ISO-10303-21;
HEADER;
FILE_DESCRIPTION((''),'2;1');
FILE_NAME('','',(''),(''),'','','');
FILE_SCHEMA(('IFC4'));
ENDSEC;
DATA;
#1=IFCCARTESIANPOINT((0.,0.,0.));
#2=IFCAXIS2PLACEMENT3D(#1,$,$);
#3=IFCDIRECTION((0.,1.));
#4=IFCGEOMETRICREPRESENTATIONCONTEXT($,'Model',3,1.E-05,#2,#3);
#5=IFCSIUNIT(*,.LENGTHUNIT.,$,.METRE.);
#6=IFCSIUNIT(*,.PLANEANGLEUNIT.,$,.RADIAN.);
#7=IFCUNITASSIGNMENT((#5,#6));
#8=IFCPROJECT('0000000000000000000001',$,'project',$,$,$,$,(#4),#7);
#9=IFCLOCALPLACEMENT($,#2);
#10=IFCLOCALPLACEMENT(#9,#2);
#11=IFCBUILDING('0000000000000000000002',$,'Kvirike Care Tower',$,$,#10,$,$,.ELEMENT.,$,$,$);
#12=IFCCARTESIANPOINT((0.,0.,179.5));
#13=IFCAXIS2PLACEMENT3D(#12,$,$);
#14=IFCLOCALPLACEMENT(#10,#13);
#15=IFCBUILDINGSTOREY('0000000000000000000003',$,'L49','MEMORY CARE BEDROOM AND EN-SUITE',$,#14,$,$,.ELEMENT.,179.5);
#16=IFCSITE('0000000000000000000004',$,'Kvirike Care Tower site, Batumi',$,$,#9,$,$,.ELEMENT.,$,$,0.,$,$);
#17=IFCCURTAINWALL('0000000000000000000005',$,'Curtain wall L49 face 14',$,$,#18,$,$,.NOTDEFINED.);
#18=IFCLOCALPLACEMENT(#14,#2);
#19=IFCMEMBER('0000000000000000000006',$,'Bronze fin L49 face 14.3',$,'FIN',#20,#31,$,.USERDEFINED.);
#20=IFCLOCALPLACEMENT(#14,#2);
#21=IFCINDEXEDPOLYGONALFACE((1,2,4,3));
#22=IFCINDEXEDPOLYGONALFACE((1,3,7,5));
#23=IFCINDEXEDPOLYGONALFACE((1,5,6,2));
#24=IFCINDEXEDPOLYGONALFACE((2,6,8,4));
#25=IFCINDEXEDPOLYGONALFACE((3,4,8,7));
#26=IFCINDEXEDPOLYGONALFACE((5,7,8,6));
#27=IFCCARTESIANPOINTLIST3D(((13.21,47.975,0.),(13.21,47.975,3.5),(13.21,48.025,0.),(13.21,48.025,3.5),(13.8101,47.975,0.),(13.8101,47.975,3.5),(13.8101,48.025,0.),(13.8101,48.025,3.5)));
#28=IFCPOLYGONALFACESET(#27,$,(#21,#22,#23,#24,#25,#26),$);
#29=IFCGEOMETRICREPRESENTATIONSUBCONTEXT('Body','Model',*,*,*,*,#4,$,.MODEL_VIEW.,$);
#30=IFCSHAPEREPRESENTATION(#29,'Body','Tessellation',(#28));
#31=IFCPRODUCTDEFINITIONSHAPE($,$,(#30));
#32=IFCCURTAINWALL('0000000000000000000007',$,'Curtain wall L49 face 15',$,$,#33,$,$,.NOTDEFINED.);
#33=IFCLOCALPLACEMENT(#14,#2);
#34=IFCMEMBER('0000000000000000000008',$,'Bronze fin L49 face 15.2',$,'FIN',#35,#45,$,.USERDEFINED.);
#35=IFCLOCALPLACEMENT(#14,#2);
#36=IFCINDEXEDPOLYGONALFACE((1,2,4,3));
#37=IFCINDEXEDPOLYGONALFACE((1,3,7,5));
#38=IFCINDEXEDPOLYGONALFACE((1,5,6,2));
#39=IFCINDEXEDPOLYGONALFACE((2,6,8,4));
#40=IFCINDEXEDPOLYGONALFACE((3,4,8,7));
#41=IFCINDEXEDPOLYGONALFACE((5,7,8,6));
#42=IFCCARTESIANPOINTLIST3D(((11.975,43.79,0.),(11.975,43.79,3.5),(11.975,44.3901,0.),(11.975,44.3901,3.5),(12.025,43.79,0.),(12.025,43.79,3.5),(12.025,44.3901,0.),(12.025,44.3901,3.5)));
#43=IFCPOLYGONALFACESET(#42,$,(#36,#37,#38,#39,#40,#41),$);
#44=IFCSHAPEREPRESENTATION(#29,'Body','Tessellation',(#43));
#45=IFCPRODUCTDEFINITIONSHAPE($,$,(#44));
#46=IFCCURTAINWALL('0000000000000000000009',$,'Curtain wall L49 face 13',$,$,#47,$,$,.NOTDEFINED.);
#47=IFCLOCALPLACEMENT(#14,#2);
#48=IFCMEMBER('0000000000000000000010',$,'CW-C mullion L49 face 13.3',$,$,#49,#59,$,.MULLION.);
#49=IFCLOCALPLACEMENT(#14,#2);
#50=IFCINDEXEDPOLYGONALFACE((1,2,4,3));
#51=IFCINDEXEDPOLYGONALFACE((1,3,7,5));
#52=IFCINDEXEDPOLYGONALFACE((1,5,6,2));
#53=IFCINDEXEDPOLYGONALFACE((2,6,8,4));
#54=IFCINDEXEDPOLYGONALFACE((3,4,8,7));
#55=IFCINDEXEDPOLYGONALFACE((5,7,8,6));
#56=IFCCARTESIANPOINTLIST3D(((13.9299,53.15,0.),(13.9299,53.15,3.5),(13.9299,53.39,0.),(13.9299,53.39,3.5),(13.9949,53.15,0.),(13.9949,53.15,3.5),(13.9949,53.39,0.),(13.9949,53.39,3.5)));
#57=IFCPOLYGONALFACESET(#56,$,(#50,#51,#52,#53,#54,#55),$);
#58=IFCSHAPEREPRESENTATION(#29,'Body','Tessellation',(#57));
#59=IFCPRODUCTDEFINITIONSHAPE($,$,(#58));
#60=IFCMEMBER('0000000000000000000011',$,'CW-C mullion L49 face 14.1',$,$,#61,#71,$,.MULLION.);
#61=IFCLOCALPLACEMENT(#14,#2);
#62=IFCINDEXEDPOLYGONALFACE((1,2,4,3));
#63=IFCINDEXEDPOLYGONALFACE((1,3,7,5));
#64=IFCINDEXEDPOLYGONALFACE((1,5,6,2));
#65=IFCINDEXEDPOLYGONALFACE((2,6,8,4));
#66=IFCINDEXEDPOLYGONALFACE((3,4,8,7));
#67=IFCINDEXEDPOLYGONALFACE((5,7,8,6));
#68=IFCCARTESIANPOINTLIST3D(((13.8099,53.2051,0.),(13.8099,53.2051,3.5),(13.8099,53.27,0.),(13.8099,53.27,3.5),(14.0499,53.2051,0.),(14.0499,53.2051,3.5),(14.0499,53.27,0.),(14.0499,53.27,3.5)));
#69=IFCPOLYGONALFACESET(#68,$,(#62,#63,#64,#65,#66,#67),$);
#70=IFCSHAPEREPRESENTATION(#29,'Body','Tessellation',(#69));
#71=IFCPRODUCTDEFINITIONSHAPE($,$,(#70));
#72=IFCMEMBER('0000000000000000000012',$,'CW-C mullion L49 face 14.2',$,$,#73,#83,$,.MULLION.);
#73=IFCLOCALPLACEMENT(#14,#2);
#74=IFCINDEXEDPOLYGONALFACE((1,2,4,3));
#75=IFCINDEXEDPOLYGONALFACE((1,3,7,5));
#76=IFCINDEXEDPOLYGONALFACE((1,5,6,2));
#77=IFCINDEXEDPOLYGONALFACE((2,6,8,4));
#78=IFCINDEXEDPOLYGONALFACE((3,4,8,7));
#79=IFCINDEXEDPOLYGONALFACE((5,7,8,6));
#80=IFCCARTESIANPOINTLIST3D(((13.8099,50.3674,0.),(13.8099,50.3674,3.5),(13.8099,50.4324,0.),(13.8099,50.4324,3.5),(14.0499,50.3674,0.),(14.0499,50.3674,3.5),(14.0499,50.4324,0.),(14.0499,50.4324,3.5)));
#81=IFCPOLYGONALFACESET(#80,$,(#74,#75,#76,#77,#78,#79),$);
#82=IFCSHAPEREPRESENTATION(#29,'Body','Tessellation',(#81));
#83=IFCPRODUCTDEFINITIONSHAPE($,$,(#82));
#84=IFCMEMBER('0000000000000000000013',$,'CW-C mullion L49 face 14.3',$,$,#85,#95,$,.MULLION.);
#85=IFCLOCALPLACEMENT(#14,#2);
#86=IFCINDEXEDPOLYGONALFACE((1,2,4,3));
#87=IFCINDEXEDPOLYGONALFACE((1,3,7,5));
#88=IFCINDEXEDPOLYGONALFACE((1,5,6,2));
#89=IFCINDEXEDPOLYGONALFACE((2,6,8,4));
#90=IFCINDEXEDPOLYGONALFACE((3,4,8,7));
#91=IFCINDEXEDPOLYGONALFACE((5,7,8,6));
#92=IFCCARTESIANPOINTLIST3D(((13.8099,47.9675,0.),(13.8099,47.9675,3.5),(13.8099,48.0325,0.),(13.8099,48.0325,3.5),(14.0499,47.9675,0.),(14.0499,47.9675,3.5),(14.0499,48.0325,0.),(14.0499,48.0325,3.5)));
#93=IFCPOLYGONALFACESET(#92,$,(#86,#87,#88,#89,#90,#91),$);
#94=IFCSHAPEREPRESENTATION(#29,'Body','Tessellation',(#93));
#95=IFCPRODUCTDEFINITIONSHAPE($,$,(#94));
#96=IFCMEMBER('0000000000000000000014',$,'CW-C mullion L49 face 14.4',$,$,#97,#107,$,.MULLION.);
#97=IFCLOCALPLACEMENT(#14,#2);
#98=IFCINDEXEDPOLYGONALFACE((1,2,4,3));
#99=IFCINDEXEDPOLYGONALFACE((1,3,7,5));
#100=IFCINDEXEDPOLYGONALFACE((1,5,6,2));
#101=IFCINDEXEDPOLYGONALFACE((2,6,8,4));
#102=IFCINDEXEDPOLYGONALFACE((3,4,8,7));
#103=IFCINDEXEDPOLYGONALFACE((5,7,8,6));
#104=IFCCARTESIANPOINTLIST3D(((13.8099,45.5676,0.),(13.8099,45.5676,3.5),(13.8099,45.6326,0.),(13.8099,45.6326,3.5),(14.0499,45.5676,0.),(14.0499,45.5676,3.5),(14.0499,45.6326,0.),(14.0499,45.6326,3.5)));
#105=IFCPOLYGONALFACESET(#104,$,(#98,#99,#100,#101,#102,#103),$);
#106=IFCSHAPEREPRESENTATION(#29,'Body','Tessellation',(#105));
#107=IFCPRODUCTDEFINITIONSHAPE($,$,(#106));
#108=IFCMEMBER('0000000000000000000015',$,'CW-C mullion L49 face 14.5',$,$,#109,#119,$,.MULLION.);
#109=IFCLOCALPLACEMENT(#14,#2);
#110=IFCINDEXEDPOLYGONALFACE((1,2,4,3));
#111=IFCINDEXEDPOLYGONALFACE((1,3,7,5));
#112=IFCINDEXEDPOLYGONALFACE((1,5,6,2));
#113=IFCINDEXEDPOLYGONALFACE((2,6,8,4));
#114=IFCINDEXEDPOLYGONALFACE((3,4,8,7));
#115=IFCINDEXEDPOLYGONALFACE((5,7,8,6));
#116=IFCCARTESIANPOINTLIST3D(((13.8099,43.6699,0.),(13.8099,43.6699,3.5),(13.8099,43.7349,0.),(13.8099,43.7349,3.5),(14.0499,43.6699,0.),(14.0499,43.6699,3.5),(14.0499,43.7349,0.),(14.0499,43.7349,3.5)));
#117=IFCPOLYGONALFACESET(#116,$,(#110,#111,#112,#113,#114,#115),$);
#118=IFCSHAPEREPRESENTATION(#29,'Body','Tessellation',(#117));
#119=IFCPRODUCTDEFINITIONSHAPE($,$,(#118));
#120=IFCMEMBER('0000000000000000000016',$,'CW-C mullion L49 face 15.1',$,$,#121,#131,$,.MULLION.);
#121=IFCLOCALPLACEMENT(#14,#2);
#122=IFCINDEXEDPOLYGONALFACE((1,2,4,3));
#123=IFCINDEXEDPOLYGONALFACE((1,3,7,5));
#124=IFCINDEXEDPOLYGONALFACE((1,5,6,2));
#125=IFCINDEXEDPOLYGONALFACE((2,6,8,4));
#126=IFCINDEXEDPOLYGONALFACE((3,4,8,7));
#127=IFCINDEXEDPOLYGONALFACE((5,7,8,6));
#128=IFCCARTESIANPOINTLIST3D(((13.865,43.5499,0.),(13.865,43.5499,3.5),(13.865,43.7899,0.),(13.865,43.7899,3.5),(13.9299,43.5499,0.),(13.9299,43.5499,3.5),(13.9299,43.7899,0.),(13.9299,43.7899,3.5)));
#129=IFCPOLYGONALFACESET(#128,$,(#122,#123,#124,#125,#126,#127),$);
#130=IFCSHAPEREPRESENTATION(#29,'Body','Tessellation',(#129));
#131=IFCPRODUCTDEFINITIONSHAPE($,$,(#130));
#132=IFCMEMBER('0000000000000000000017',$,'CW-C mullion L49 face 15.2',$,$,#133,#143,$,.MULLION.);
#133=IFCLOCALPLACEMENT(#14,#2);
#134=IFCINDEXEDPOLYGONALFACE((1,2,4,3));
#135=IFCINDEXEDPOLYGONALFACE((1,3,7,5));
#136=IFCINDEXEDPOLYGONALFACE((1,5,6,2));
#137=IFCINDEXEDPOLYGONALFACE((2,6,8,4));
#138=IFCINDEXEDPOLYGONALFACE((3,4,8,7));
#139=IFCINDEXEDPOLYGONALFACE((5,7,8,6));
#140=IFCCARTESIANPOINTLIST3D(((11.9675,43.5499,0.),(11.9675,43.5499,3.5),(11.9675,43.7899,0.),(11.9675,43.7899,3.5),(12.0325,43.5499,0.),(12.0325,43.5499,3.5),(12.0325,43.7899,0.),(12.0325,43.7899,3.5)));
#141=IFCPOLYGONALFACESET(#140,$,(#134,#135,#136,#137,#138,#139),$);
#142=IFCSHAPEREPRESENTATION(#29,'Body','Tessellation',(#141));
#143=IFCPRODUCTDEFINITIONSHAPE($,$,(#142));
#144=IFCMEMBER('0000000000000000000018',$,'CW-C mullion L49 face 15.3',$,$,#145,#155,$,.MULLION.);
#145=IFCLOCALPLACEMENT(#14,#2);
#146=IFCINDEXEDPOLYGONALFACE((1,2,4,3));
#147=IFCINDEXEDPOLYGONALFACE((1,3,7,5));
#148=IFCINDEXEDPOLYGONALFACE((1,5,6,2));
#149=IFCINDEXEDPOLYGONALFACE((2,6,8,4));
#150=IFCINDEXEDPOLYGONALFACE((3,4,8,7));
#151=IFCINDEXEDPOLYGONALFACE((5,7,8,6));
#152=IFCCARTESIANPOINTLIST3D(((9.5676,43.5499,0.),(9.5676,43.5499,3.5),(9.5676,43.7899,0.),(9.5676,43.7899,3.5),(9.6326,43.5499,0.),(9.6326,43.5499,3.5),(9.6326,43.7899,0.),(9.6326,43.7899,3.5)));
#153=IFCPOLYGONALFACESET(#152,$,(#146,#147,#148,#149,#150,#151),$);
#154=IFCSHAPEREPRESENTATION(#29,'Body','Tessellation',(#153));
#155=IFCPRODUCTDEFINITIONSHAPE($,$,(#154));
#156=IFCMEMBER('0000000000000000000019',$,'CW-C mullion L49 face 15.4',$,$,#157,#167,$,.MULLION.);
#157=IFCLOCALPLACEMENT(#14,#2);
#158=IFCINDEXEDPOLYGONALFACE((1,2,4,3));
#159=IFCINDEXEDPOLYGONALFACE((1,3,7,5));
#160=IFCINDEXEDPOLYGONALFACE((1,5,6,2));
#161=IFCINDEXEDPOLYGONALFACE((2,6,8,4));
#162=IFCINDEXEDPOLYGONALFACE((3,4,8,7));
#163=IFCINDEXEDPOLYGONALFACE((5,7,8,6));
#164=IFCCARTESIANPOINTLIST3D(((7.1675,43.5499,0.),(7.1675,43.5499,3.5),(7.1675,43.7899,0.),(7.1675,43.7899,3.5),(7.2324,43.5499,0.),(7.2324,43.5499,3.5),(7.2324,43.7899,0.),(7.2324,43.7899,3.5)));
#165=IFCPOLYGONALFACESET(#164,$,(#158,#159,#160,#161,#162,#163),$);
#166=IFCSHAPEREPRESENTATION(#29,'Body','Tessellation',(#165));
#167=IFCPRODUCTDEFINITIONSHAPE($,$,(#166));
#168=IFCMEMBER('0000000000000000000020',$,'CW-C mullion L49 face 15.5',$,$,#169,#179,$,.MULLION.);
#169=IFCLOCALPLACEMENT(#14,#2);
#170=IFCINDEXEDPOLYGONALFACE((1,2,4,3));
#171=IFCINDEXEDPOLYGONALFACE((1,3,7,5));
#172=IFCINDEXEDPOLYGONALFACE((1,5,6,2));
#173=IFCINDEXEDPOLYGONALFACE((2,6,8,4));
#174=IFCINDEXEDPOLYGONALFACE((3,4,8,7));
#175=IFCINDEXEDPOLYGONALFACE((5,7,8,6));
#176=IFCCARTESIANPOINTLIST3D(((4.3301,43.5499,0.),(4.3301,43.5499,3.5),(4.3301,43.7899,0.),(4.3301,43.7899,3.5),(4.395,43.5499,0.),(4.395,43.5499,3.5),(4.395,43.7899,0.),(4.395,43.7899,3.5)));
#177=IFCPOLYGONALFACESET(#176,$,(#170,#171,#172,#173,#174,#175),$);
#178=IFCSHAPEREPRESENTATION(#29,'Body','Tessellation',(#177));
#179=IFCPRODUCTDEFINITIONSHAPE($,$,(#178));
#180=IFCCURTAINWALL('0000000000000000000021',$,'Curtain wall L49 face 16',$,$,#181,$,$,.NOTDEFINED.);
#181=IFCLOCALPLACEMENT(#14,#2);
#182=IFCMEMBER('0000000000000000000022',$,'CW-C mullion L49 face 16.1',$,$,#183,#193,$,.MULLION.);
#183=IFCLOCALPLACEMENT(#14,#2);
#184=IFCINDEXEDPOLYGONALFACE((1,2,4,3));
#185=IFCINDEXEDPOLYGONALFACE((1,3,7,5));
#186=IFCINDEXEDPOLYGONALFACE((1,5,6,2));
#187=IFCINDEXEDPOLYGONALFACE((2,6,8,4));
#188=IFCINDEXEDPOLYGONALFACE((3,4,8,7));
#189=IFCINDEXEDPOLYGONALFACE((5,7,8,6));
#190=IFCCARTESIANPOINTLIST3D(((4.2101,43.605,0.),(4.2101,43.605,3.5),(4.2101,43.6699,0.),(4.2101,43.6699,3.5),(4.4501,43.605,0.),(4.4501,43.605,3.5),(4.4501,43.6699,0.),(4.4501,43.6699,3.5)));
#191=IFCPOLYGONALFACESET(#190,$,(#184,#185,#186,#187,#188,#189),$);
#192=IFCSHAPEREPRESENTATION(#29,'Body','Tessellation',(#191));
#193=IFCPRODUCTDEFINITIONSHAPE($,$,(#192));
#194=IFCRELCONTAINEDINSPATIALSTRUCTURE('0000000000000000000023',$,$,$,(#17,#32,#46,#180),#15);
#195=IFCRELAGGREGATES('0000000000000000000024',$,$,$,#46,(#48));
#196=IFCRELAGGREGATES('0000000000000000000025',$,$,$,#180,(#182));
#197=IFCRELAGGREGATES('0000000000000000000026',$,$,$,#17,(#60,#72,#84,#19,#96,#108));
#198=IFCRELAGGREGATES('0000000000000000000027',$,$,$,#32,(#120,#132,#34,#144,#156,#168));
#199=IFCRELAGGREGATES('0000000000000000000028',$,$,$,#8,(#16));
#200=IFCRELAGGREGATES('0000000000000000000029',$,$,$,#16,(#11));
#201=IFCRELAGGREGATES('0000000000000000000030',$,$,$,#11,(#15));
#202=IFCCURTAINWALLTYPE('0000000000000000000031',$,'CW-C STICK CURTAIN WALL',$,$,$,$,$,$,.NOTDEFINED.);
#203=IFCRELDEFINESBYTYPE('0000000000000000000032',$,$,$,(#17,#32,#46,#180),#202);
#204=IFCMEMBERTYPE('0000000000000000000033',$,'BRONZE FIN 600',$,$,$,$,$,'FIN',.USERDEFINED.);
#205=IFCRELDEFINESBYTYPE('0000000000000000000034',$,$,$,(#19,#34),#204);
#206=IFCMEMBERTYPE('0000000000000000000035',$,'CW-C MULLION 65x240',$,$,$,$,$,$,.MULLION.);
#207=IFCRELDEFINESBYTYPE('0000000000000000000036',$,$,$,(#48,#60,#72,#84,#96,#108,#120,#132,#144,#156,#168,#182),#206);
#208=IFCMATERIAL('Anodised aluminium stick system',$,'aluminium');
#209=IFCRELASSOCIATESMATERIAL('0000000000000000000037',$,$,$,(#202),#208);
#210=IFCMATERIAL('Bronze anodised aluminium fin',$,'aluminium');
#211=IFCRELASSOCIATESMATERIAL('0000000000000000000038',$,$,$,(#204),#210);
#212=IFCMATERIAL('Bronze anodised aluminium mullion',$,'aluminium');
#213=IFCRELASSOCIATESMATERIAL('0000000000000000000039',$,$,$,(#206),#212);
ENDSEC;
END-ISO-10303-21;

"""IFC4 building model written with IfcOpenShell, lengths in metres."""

from ifc_helpers import new_model, si_unit, direction, frame, origin, origin_2d, place, context, subcontext, project, spatial, rectangle, extrude, material, material_profile, profile_set, type_object, element, aggregate, save


model = new_model("IFC4")

# Units and contexts
model_context = context("Model", 3, precision=1e-05, world=origin(), true_north=direction((0.0, 1.0)))
body_context = subcontext(model_context, "Body", "Model", "MODEL_VIEW")
ifc_project = project(units=[si_unit("LENGTHUNIT", "METRE"), si_unit("PLANEANGLEUNIT", "RADIAN")], contexts=[model_context])

# Site, building, storey
site_placement = place(None, origin())
site = spatial("IfcSite", under=ifc_project, at=site_placement, Name="Kvirike Care Tower site, Batumi", CompositionType="ELEMENT", RefElevation=0.0)
building_placement = place(site_placement, origin())
building = spatial("IfcBuilding", under=site, at=building_placement, Name="Kvirike Care Tower", CompositionType="ELEMENT")
storey_placement = place(building_placement, frame((0.0, 0.0, 179.5)))
storey = spatial("IfcBuildingStorey", under=building, at=storey_placement, Name="L49", Description="MEMORY CARE BEDROOM AND EN-SUITE", CompositionType="ELEMENT", Elevation=179.5)

# Curtain walls, members
ifc_material_1 = material(Name="Anodised aluminium stick system", Category="aluminium")
curtain_wall_type = type_object("IfcCurtainWallType", Name="CW-C STICK CURTAIN WALL", PredefinedType="NOTDEFINED", material=ifc_material_1)
curtain_wall_1_placement = place(storey_placement, origin())
curtain_wall_1 = element("IfcCurtainWall", 1, at=curtain_wall_1_placement, inside=storey, type_object=curtain_wall_type, Name="Curtain wall L49 face 14", PredefinedType="NOTDEFINED")
ifc_material_2 = material(Name="Bronze anodised aluminium fin", Category="aluminium")
ifc_material_profile_1 = material_profile(ifc_material_2, rectangle(XDim=0.05, YDim=0.6001, at=origin_2d()), Name="BRONZE FIN 600")
ifc_profile_set_1 = profile_set([ifc_material_profile_1], Name="Bronze anodised aluminium fin")
member_type_1 = type_object("IfcMemberType", Name="BRONZE FIN 600", ElementType="FIN", PredefinedType="USERDEFINED", material=ifc_profile_set_1)
member_1_placement = place(storey_placement, frame((13.51, 48.0, 0.0), z_axis=(0.0, 0.0, 1.0), x_axis=(0.0, -1.0, 0.0)))
member_1 = element("IfcMember", 2, at=member_1_placement, type_object=member_type_1, Name="Bronze fin L49 face 14.3", ObjectType="FIN", PredefinedType="USERDEFINED", context=body_context, shape_type="SweptSolid", body=[
    extrude(rectangle(XDim=0.05, YDim=0.6001, at=origin_2d()), origin(), (0.0, 0.0, 1.0), 3.5),
])
curtain_wall_2_placement = place(storey_placement, origin())
curtain_wall_2 = element("IfcCurtainWall", 3, at=curtain_wall_2_placement, inside=storey, type_object=curtain_wall_type, Name="Curtain wall L49 face 15", PredefinedType="NOTDEFINED")
member_2_placement = place(storey_placement, frame((12.0, 44.0901, 0.0), z_axis=(0.0, 0.0, 1.0), x_axis=(-1.0, 0.0, 0.0)))
member_2 = element("IfcMember", 4, at=member_2_placement, type_object=member_type_1, Name="Bronze fin L49 face 15.2", ObjectType="FIN", PredefinedType="USERDEFINED", context=body_context, shape_type="SweptSolid", body=[
    extrude(rectangle(XDim=0.05, YDim=0.6001, at=origin_2d()), origin(), (0.0, 0.0, 1.0), 3.5),
])
curtain_wall_3_placement = place(storey_placement, origin())
curtain_wall_3 = element("IfcCurtainWall", 5, at=curtain_wall_3_placement, inside=storey, type_object=curtain_wall_type, Name="Curtain wall L49 face 13", PredefinedType="NOTDEFINED")
ifc_material_3 = material(Name="Bronze anodised aluminium mullion", Category="aluminium")
ifc_material_profile_2 = material_profile(ifc_material_3, rectangle(XDim=0.0649, YDim=0.24, at=origin_2d()), Name="CW-C MULLION 65x240")
ifc_profile_set_2 = profile_set([ifc_material_profile_2], Name="Bronze anodised aluminium mullion")
member_type_2 = type_object("IfcMemberType", Name="CW-C MULLION 65x240", PredefinedType="MULLION", material=ifc_profile_set_2)
member_3_placement = place(storey_placement, frame((13.9624, 53.27, 0.0), z_axis=(0.0, 0.0, 1.0), x_axis=(-1.0, 0.0, 0.0)))
member_3 = element("IfcMember", 6, at=member_3_placement, type_object=member_type_2, Name="CW-C mullion L49 face 13.3", PredefinedType="MULLION", context=body_context, shape_type="SweptSolid", body=[
    extrude(rectangle(XDim=0.0649, YDim=0.24, at=origin_2d()), origin(), (0.0, 0.0, 1.0), 3.5),
])
aggregate(curtain_wall_3, [member_3])

# Members
member_4_placement = place(storey_placement, frame((13.9299, 53.2375, 0.0), z_axis=(0.0, 0.0, 1.0), x_axis=(0.0, -1.0, 0.0)))
member_4 = element("IfcMember", 7, at=member_4_placement, type_object=member_type_2, Name="CW-C mullion L49 face 14.1", PredefinedType="MULLION", context=body_context, shape_type="SweptSolid", body=[
    extrude(rectangle(XDim=0.0649, YDim=0.24, at=origin_2d()), origin(), (0.0, 0.0, 1.0), 3.5),
])
member_5_placement = place(storey_placement, frame((13.9299, 50.3999, 0.0), z_axis=(0.0, 0.0, 1.0), x_axis=(0.0, -1.0, 0.0)))
member_5 = element("IfcMember", 8, at=member_5_placement, type_object=member_type_2, Name="CW-C mullion L49 face 14.2", PredefinedType="MULLION", context=body_context, shape_type="SweptSolid", body=[
    extrude(rectangle(XDim=0.0649, YDim=0.24, at=origin_2d()), origin(), (0.0, 0.0, 1.0), 3.5),
])
member_6_placement = place(storey_placement, frame((13.9299, 48.0, 0.0), z_axis=(0.0, 0.0, 1.0), x_axis=(0.0, -1.0, 0.0)))
member_6 = element("IfcMember", 9, at=member_6_placement, type_object=member_type_2, Name="CW-C mullion L49 face 14.3", PredefinedType="MULLION", context=body_context, shape_type="SweptSolid", body=[
    extrude(rectangle(XDim=0.0649, YDim=0.24, at=origin_2d()), origin(), (0.0, 0.0, 1.0), 3.5),
])
member_7_placement = place(storey_placement, frame((13.9299, 45.6001, 0.0), z_axis=(0.0, 0.0, 1.0), x_axis=(0.0, -1.0, 0.0)))
member_7 = element("IfcMember", 10, at=member_7_placement, type_object=member_type_2, Name="CW-C mullion L49 face 14.4", PredefinedType="MULLION", context=body_context, shape_type="SweptSolid", body=[
    extrude(rectangle(XDim=0.0649, YDim=0.24, at=origin_2d()), origin(), (0.0, 0.0, 1.0), 3.5),
])
member_8_placement = place(storey_placement, frame((13.9299, 43.7024, 0.0), z_axis=(0.0, 0.0, 1.0), x_axis=(0.0, -1.0, 0.0)))
member_8 = element("IfcMember", 11, at=member_8_placement, type_object=member_type_2, Name="CW-C mullion L49 face 14.5", PredefinedType="MULLION", context=body_context, shape_type="SweptSolid", body=[
    extrude(rectangle(XDim=0.0649, YDim=0.24, at=origin_2d()), origin(), (0.0, 0.0, 1.0), 3.5),
])
member_9_placement = place(storey_placement, frame((13.8975, 43.6699, 0.0), z_axis=(0.0, 0.0, 1.0), x_axis=(-1.0, 0.0, 0.0)))
member_9 = element("IfcMember", 12, at=member_9_placement, type_object=member_type_2, Name="CW-C mullion L49 face 15.1", PredefinedType="MULLION", context=body_context, shape_type="SweptSolid", body=[
    extrude(rectangle(XDim=0.0649, YDim=0.24, at=origin_2d()), origin(), (0.0, 0.0, 1.0), 3.5),
])
member_10_placement = place(storey_placement, frame((12.0, 43.6699, 0.0), z_axis=(0.0, 0.0, 1.0), x_axis=(-1.0, 0.0, 0.0)))
member_10 = element("IfcMember", 13, at=member_10_placement, type_object=member_type_2, Name="CW-C mullion L49 face 15.2", PredefinedType="MULLION", context=body_context, shape_type="SweptSolid", body=[
    extrude(rectangle(XDim=0.0649, YDim=0.24, at=origin_2d()), origin(), (0.0, 0.0, 1.0), 3.5),
])
member_11_placement = place(storey_placement, frame((9.6001, 43.6699, 0.0), z_axis=(0.0, 0.0, 1.0), x_axis=(-1.0, 0.0, 0.0)))
member_11 = element("IfcMember", 14, at=member_11_placement, type_object=member_type_2, Name="CW-C mullion L49 face 15.3", PredefinedType="MULLION", context=body_context, shape_type="SweptSolid", body=[
    extrude(rectangle(XDim=0.0649, YDim=0.24, at=origin_2d()), origin(), (0.0, 0.0, 1.0), 3.5),
])
member_12_placement = place(storey_placement, frame((7.2, 43.6699, 0.0), z_axis=(0.0, 0.0, 1.0), x_axis=(-1.0, 0.0, 0.0)))
member_12 = element("IfcMember", 15, at=member_12_placement, type_object=member_type_2, Name="CW-C mullion L49 face 15.4", PredefinedType="MULLION", context=body_context, shape_type="SweptSolid", body=[
    extrude(rectangle(XDim=0.0649, YDim=0.24, at=origin_2d()), origin(), (0.0, 0.0, 1.0), 3.5),
])
member_13_placement = place(storey_placement, frame((4.3625, 43.6699, 0.0), z_axis=(0.0, 0.0, 1.0), x_axis=(-1.0, 0.0, 0.0)))
member_13 = element("IfcMember", 16, at=member_13_placement, type_object=member_type_2, Name="CW-C mullion L49 face 15.5", PredefinedType="MULLION", context=body_context, shape_type="SweptSolid", body=[
    extrude(rectangle(XDim=0.0649, YDim=0.24, at=origin_2d()), origin(), (0.0, 0.0, 1.0), 3.5),
])

# Curtain wall, member
curtain_wall_4_placement = place(storey_placement, origin())
curtain_wall_4 = element("IfcCurtainWall", 17, at=curtain_wall_4_placement, inside=storey, type_object=curtain_wall_type, Name="Curtain wall L49 face 16", PredefinedType="NOTDEFINED")
member_14_placement = place(storey_placement, frame((4.3301, 43.6375, 0.0), z_axis=(0.0, 0.0, 1.0), x_axis=(0.0, -1.0, 0.0)))
member_14 = element("IfcMember", 18, at=member_14_placement, type_object=member_type_2, Name="CW-C mullion L49 face 16.1", PredefinedType="MULLION", context=body_context, shape_type="SweptSolid", body=[
    extrude(rectangle(XDim=0.0649, YDim=0.24, at=origin_2d()), origin(), (0.0, 0.0, 1.0), 3.5),
])

aggregate(curtain_wall_4, [member_14])

aggregate(curtain_wall_1, [member_4, member_5, member_6, member_1, member_7, member_8])
aggregate(curtain_wall_2, [member_9, member_10, member_2, member_11, member_12, member_13])

save(model, "model.ifc")
